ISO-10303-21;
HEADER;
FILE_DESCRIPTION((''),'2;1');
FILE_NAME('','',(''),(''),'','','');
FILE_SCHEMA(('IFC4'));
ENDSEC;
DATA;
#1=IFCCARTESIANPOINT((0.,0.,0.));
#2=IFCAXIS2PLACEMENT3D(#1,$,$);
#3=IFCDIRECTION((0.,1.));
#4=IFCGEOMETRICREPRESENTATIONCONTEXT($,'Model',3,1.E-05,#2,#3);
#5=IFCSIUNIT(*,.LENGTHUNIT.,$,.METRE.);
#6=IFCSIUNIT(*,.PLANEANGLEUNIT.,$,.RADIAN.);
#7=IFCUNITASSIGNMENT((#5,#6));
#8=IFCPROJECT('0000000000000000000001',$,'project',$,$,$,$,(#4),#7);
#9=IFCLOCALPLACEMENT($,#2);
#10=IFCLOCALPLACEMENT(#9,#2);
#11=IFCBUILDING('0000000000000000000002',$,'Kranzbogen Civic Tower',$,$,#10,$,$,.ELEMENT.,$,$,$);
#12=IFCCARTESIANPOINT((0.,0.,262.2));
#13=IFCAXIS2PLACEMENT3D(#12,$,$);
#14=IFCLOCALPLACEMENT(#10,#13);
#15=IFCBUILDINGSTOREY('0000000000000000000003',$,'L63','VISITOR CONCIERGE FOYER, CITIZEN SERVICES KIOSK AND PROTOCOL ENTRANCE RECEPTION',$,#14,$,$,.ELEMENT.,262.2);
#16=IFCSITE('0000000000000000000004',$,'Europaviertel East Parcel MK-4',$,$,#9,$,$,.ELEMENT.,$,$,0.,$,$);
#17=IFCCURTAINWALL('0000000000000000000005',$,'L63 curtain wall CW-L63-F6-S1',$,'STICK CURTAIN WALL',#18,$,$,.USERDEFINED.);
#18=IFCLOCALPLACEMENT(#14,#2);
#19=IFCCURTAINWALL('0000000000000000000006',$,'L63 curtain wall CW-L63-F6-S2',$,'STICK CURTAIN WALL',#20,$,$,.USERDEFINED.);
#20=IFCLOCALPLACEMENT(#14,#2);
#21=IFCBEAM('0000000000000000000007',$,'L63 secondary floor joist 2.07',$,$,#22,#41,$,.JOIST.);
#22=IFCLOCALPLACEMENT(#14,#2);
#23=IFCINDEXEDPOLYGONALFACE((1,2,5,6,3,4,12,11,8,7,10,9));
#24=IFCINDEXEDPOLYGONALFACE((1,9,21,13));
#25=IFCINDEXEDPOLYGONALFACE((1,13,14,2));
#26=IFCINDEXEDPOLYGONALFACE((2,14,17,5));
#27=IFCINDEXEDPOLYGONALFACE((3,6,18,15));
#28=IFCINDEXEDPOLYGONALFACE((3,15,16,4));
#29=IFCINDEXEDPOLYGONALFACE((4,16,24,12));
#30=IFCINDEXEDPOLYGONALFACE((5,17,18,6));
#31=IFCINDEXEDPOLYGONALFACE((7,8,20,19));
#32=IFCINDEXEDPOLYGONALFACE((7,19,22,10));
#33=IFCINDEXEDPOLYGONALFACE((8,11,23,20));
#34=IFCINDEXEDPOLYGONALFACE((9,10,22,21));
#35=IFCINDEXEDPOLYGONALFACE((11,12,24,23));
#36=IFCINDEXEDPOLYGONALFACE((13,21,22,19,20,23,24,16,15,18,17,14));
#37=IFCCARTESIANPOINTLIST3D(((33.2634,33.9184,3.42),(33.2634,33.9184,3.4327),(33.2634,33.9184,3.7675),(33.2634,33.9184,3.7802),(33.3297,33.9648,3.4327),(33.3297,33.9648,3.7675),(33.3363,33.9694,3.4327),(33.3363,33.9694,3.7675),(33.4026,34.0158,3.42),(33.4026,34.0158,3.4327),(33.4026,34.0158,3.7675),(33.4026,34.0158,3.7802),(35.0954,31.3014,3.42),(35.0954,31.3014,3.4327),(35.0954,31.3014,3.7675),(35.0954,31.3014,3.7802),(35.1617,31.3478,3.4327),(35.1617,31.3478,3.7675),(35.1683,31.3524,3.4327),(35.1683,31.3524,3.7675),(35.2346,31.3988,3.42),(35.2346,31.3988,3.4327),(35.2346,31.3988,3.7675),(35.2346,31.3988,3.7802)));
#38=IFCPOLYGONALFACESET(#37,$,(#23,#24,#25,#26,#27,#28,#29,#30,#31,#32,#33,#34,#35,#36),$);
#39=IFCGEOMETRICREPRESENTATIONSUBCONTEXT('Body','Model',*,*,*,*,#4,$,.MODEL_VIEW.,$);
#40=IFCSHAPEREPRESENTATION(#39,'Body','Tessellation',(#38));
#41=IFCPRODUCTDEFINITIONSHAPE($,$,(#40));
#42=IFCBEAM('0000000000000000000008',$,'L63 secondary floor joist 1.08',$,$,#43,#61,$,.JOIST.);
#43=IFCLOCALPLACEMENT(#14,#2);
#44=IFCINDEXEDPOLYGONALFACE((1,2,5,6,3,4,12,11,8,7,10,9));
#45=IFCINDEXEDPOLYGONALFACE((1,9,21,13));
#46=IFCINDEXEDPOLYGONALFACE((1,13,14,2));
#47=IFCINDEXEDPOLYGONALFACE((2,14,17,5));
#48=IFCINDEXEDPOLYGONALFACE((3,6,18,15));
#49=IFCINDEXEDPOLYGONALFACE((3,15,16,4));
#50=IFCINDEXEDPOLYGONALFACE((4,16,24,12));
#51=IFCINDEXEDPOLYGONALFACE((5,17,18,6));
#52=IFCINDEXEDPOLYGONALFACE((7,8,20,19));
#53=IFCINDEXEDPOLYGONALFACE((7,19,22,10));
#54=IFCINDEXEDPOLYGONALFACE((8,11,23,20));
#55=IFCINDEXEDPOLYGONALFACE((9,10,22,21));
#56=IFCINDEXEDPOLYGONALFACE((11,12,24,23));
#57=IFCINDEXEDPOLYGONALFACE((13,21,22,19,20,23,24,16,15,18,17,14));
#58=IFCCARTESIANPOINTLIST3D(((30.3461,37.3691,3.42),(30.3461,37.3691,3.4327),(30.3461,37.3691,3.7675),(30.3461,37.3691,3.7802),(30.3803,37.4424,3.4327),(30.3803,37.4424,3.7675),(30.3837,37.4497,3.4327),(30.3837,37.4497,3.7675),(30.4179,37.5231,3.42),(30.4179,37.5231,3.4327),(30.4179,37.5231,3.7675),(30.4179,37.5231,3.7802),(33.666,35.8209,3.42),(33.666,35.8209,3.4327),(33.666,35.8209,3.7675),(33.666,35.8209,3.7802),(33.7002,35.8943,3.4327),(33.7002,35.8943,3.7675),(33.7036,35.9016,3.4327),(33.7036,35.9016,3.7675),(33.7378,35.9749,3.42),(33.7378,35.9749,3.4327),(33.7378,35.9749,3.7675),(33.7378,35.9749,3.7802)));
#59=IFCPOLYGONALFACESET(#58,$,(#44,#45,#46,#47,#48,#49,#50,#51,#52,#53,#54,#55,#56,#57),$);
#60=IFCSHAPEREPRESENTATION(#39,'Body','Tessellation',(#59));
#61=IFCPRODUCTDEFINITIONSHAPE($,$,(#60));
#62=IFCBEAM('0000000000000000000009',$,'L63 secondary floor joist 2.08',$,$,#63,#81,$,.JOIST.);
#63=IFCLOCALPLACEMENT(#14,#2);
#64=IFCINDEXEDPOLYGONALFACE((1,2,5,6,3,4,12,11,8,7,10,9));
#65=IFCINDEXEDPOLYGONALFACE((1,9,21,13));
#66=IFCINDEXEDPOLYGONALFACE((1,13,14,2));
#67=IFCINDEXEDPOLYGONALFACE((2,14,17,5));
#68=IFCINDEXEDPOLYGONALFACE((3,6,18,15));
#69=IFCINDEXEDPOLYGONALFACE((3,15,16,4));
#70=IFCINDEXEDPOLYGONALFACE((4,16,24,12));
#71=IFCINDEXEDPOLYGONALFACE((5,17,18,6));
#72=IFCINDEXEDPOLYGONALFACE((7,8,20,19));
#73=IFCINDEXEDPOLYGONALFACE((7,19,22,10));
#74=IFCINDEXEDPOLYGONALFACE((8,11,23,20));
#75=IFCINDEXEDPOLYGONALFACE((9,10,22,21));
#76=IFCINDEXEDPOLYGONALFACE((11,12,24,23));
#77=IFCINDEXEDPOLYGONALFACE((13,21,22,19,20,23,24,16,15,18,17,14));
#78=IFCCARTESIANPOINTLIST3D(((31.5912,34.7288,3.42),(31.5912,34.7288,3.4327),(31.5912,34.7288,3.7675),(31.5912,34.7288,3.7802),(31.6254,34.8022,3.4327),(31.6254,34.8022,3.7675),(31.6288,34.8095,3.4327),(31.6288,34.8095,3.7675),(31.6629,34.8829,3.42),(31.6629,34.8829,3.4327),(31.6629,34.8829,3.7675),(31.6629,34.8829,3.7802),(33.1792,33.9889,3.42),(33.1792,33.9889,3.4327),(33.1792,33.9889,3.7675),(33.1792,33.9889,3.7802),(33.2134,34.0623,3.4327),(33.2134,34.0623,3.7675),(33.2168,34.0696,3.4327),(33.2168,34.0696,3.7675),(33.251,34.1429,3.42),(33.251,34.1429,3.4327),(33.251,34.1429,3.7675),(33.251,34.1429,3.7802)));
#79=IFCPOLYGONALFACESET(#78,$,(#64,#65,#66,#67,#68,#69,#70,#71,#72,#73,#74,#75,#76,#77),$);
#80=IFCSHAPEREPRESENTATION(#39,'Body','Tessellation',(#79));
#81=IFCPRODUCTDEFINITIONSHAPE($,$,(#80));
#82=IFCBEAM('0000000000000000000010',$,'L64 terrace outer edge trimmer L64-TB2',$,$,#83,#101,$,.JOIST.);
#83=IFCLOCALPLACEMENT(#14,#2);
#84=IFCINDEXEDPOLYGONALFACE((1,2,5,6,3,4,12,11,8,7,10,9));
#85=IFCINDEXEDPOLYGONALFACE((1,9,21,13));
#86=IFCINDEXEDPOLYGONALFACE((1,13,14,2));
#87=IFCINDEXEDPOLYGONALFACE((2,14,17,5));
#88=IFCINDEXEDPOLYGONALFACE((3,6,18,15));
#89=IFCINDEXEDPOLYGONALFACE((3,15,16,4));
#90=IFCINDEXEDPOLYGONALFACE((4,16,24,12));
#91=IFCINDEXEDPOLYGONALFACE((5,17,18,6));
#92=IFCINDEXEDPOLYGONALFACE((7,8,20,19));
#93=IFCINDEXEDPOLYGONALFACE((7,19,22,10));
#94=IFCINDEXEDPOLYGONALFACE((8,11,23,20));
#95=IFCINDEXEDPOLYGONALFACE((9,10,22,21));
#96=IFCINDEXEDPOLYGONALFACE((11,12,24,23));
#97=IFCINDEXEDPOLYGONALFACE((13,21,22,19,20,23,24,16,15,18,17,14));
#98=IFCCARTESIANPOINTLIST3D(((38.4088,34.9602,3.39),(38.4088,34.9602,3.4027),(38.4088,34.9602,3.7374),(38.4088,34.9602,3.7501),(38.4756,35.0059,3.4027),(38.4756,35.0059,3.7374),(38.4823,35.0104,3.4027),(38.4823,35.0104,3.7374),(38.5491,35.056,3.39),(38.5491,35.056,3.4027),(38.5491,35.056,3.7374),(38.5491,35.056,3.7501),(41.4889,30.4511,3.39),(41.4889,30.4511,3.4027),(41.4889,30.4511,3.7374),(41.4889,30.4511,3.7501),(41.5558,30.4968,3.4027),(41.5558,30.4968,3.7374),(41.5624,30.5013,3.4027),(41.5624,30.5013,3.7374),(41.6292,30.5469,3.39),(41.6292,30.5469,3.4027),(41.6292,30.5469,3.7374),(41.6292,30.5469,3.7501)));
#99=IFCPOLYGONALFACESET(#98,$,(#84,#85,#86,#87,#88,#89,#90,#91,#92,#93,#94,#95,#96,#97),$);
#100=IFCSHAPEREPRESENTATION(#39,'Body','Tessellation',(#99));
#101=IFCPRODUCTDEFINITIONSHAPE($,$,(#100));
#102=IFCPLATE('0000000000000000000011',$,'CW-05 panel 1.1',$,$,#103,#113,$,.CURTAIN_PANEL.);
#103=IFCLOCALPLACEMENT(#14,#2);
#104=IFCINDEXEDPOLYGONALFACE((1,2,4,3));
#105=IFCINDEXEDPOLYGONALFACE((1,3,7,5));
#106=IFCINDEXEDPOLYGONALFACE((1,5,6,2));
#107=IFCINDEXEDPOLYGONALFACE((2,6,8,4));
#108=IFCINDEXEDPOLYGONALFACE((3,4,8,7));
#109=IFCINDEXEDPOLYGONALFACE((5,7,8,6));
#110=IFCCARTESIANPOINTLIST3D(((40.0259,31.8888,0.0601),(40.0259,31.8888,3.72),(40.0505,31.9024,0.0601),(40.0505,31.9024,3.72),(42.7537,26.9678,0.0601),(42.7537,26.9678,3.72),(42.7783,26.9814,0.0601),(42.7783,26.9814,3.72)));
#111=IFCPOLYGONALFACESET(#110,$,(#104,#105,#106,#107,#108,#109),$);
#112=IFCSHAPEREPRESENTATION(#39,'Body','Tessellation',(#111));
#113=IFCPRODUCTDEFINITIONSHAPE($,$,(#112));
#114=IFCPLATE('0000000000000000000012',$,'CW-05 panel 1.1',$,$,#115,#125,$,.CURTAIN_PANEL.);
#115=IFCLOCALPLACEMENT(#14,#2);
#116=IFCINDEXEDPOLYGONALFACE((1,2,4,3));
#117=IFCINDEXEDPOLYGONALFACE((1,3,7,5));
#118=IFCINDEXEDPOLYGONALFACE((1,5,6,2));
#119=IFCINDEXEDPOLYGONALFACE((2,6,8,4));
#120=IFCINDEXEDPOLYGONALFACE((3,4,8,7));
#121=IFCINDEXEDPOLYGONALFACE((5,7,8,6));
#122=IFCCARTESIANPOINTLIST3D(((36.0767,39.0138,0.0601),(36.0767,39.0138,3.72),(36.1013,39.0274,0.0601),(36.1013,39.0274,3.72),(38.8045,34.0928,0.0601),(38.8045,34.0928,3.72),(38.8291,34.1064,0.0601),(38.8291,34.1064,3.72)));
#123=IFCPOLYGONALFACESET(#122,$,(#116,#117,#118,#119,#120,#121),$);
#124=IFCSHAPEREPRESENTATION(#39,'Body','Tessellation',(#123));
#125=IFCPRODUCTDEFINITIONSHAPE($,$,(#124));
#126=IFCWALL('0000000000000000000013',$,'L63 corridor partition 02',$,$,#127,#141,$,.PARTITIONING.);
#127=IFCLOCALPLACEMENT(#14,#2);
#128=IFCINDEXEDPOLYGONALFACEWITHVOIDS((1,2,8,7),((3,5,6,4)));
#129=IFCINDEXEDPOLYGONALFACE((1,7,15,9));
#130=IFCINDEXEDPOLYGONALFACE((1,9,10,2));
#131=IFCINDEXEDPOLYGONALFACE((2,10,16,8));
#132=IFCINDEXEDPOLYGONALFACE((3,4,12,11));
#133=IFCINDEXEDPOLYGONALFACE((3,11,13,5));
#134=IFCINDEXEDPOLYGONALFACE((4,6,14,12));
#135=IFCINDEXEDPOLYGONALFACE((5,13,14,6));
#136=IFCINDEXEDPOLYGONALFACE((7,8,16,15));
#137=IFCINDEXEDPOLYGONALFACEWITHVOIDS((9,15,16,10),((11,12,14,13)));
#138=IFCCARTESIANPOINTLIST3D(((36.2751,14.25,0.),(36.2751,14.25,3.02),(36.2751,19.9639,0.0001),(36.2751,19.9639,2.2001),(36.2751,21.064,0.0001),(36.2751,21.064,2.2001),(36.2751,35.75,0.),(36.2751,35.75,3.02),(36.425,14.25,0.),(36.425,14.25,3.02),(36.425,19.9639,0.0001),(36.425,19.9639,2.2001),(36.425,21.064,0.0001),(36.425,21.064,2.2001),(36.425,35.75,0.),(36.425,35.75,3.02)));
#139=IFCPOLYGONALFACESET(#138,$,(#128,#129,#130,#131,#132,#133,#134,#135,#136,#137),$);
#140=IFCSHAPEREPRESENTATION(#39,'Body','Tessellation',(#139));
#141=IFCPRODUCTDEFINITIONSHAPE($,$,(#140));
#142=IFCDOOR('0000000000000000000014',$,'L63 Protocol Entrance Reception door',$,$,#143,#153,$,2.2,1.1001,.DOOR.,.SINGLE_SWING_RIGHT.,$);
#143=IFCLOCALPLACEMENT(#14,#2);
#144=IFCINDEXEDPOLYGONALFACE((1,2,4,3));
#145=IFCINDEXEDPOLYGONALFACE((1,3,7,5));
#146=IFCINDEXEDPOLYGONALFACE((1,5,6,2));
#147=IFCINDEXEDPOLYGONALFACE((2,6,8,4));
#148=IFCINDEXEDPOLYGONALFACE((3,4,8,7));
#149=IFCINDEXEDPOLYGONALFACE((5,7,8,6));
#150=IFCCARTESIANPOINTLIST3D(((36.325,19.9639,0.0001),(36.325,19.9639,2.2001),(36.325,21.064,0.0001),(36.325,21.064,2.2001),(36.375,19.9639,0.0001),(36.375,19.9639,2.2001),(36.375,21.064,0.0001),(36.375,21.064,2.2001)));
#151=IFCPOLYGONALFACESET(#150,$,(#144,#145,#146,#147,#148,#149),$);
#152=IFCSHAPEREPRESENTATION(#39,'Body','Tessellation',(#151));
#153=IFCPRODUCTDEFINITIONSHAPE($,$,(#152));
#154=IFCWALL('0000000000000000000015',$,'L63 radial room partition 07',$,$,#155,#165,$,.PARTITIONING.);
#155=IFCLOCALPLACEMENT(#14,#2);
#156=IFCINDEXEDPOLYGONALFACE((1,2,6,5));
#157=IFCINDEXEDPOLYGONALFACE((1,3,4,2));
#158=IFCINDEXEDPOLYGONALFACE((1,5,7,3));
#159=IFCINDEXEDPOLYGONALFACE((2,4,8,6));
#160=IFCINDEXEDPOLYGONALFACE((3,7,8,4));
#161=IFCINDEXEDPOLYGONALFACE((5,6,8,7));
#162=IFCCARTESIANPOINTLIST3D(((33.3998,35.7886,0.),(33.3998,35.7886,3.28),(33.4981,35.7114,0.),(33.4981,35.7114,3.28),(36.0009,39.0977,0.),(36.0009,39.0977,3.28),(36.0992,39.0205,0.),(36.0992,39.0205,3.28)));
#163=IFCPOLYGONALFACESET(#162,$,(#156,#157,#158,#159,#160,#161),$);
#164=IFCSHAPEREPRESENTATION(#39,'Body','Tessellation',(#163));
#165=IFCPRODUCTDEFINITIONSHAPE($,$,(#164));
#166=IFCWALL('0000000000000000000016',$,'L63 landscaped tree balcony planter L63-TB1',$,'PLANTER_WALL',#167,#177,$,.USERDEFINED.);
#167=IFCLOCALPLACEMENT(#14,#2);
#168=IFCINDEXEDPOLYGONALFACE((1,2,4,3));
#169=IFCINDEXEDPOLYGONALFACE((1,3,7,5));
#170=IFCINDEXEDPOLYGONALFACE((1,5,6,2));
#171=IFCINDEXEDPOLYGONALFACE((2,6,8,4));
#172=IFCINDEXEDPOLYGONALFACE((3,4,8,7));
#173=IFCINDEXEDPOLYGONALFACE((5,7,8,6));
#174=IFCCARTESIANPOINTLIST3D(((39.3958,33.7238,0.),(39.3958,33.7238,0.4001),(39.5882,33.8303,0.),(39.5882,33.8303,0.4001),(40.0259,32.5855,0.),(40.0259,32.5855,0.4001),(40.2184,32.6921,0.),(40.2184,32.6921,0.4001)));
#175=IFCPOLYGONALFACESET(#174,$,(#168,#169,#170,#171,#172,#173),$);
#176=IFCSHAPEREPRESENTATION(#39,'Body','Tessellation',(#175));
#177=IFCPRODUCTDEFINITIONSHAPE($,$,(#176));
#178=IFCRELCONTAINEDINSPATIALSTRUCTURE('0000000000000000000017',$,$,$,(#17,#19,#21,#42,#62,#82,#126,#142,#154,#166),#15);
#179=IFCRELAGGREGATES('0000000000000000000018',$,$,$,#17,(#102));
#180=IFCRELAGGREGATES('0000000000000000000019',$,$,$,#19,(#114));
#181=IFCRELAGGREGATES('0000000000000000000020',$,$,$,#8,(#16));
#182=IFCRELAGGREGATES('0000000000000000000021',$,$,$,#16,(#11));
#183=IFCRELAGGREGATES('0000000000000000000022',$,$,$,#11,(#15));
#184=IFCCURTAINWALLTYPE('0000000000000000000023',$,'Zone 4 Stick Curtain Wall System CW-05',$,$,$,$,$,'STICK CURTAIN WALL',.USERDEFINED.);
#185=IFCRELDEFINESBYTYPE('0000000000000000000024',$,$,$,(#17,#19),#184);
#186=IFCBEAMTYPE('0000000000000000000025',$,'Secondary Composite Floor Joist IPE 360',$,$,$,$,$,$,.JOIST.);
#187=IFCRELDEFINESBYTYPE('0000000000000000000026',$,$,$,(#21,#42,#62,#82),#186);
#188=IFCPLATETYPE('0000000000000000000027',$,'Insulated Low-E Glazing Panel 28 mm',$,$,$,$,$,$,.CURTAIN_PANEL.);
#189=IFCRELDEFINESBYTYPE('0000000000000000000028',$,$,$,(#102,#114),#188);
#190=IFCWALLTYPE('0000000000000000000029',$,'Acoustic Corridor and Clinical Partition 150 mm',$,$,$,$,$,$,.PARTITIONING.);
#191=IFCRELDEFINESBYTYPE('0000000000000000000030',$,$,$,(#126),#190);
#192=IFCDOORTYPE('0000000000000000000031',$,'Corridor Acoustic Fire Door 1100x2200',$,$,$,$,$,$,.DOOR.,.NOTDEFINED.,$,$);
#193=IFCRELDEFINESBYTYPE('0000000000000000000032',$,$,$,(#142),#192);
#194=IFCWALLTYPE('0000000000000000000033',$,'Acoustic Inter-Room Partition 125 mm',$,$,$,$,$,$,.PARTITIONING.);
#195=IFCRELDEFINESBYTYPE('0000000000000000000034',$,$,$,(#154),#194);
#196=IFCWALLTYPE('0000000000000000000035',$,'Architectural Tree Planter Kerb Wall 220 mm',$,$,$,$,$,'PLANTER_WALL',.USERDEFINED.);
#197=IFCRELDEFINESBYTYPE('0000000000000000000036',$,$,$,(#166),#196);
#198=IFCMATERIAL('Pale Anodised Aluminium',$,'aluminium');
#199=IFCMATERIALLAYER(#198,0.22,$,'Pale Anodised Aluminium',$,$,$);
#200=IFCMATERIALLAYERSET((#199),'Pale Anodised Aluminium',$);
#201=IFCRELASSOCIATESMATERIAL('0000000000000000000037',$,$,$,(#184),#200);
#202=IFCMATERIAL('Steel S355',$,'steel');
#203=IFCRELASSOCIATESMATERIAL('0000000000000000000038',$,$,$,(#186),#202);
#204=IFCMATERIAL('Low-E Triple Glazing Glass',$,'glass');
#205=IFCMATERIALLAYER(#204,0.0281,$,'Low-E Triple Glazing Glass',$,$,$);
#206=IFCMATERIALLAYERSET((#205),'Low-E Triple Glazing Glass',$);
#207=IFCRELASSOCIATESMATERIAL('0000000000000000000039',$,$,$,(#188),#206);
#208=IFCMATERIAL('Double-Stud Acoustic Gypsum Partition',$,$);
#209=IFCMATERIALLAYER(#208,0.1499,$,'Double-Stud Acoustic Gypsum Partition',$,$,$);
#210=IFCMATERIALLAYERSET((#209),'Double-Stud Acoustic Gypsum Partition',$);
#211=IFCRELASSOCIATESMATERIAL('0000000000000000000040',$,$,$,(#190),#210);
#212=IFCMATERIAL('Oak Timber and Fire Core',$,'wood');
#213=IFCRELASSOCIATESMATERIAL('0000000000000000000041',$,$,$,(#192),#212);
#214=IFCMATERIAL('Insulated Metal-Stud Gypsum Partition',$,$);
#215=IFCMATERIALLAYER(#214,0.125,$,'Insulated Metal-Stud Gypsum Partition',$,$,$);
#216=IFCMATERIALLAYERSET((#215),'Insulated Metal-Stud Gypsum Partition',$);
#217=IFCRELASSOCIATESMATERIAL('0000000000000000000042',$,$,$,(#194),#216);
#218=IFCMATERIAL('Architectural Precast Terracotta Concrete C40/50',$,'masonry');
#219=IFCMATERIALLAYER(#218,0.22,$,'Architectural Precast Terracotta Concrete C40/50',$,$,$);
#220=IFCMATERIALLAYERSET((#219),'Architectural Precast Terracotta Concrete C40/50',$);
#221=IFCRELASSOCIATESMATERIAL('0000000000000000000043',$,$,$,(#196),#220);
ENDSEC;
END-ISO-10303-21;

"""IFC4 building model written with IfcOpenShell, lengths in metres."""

from ifc_helpers import new_model, si_unit, direction, frame, frame_2d, origin, origin_2d, place, context, subcontext, project, spatial, rectangle, i_section, extrude, material, layer, layer_set, material_profile, profile_set, type_object, element, fill, aggregate, save


model = new_model("IFC4")

# Units and contexts
model_context = context("Model", 3, precision=1e-05, world=origin(), true_north=direction((0.0, 1.0)))
body_context = subcontext(model_context, "Body", "Model", "MODEL_VIEW")
ifc_project = project(units=[si_unit("LENGTHUNIT", "METRE"), si_unit("PLANEANGLEUNIT", "RADIAN")], contexts=[model_context])

# Site, building, storey
site_placement = place(None, origin())
site = spatial("IfcSite", under=ifc_project, at=site_placement, Name="Europaviertel East Parcel MK-4", CompositionType="ELEMENT", RefElevation=0.0)
building_placement = place(site_placement, origin())
building = spatial("IfcBuilding", under=site, at=building_placement, Name="Kranzbogen Civic Tower", CompositionType="ELEMENT")
storey_placement = place(building_placement, frame((0.0, 0.0, 262.2)))
storey = spatial("IfcBuildingStorey", under=building, at=storey_placement, Name="L63", Description="VISITOR CONCIERGE FOYER, CITIZEN SERVICES KIOSK AND PROTOCOL ENTRANCE RECEPTION", CompositionType="ELEMENT", Elevation=262.2)

# Shared definitions
ifc_material_1 = material(Name="Steel S355", Category="steel")

# Curtain walls
ifc_material_2 = material(Name="Pale Anodised Aluminium", Category="aluminium")
ifc_layer_1 = layer(ifc_material_2, 0.22, Name="Pale Anodised Aluminium")
ifc_layer_set_1 = layer_set([ifc_layer_1], Name="Pale Anodised Aluminium")
curtain_wall_type = type_object("IfcCurtainWallType", Name="Zone 4 Stick Curtain Wall System CW-05", ElementType="STICK CURTAIN WALL", PredefinedType="USERDEFINED", material=ifc_layer_set_1)
curtain_wall_1_placement = place(storey_placement, origin())
curtain_wall_1 = element("IfcCurtainWall", 1, at=curtain_wall_1_placement, inside=storey, type_object=curtain_wall_type, Name="L63 curtain wall CW-L63-F6-S1", ObjectType="STICK CURTAIN WALL", PredefinedType="USERDEFINED")
curtain_wall_2_placement = place(storey_placement, origin())
curtain_wall_2 = element("IfcCurtainWall", 2, at=curtain_wall_2_placement, inside=storey, type_object=curtain_wall_type, Name="L63 curtain wall CW-L63-F6-S2", ObjectType="STICK CURTAIN WALL", PredefinedType="USERDEFINED")

# Beams
ifc_material_profile_1 = material_profile(ifc_material_1, i_section(OverallWidth=0.1699, OverallDepth=0.3601, WebThickness=0.0081, FlangeThickness=0.0127, at=origin_2d()), Name="IPE 360")
ifc_profile_set_1 = profile_set([ifc_material_profile_1], Name="Steel S355")
beam_type_1 = type_object("IfcBeamType", Name="Secondary Composite Floor Joist IPE 360", PredefinedType="JOIST", material=ifc_profile_set_1)
beam_1_placement = place(storey_placement, frame((35.165, 31.3501, 3.6001), z_axis=(-0.573498, 0.819207, 0.0), x_axis=(-0.819207, -0.573498, 0.0)))
element("IfcBeam", 3, at=beam_1_placement, inside=storey, type_object=beam_type_1, Name="L63 secondary floor joist 2.07", PredefinedType="JOIST", context=body_context, shape_type="SweptSolid", body=[
    extrude(i_section(OverallWidth=0.1699, OverallDepth=0.3601, WebThickness=0.0081, FlangeThickness=0.0127, at=origin_2d()), origin(), (0.0, 0.0, 1.0), 3.1946),
])
beam_2_placement = place(storey_placement, frame((33.7019, 35.8979, 3.6001), z_axis=(-0.906304, 0.422626, 0.0), x_axis=(-0.422626, -0.906304, 0.0)))
element("IfcBeam", 4, at=beam_2_placement, inside=storey, type_object=beam_type_1, Name="L63 secondary floor joist 1.08", PredefinedType="JOIST", context=body_context, shape_type="SweptSolid", body=[
    extrude(i_section(OverallWidth=0.1699, OverallDepth=0.3601, WebThickness=0.0081, FlangeThickness=0.0127, at=origin_2d()), origin(), (0.0, 0.0, 1.0), 3.6631),
])
beam_3_placement = place(storey_placement, frame((33.2151, 34.0659, 3.6001), z_axis=(-0.906432, 0.422351, 0.0), x_axis=(-0.422351, -0.906432, 0.0)))
element("IfcBeam", 5, at=beam_3_placement, inside=storey, type_object=beam_type_1, Name="L63 secondary floor joist 2.08", PredefinedType="JOIST", context=body_context, shape_type="SweptSolid", body=[
    extrude(i_section(OverallWidth=0.1699, OverallDepth=0.3601, WebThickness=0.0081, FlangeThickness=0.0127, at=origin_2d()), origin(), (0.0, 0.0, 1.0), 1.752),
])
beam_4_placement = place(storey_placement, frame((41.5591, 30.499, 3.5701), z_axis=(-0.564054, 0.825738, 0.0), x_axis=(-0.825738, -0.564054, 0.0)))
element("IfcBeam", 6, at=beam_4_placement, inside=storey, type_object=beam_type_1, Name="L64 terrace outer edge trimmer L64-TB2", PredefinedType="JOIST", context=body_context, shape_type="SweptSolid", body=[
    extrude(i_section(OverallWidth=0.1699, OverallDepth=0.3601, WebThickness=0.0081, FlangeThickness=0.0127, at=origin_2d()), origin(), (0.0, 0.0, 1.0), 5.4607),
])

# Plates
ifc_material_3 = material(Name="Low-E Triple Glazing Glass", Category="glass")
ifc_layer_2 = layer(ifc_material_3, 0.0281, Name="Low-E Triple Glazing Glass")
ifc_layer_set_2 = layer_set([ifc_layer_2], Name="Low-E Triple Glazing Glass")
plate_type = type_object("IfcPlateType", Name="Insulated Low-E Glazing Panel 28 mm", PredefinedType="CURTAIN_PANEL", material=ifc_layer_set_2)
plate_1_placement = place(storey_placement, frame((41.4021, 29.4351, 0.0601), z_axis=(0.0, 0.0, 1.0), x_axis=(-0.484815, 0.874617, 0.0)))
plate_1 = element("IfcPlate", 7, at=plate_1_placement, type_object=plate_type, Name="CW-05 panel 1.1", PredefinedType="CURTAIN_PANEL", context=body_context, shape_type="SweptSolid", body=[
    extrude(rectangle(XDim=5.6265, YDim=0.0281, at=origin_2d()), origin(), (0.0, 0.0, 1.0), 3.6599),
])
aggregate(curtain_wall_1, [plate_1])
plate_2_placement = place(storey_placement, frame((37.4529, 36.5601, 0.0601), z_axis=(0.0, 0.0, 1.0), x_axis=(-0.484815, 0.874617, 0.0)))
plate_2 = element("IfcPlate", 8, at=plate_2_placement, type_object=plate_type, Name="CW-05 panel 1.1", PredefinedType="CURTAIN_PANEL", context=body_context, shape_type="SweptSolid", body=[
    extrude(rectangle(XDim=5.6265, YDim=0.0281, at=origin_2d()), origin(), (0.0, 0.0, 1.0), 3.6599),
])
aggregate(curtain_wall_2, [plate_2])

# Wall, opening, door
ifc_material_4 = material(Name="Double-Stud Acoustic Gypsum Partition")
ifc_layer_3 = layer(ifc_material_4, 0.1499, Name="Double-Stud Acoustic Gypsum Partition")
ifc_layer_set_3 = layer_set([ifc_layer_3], Name="Double-Stud Acoustic Gypsum Partition")
wall_type_1 = type_object("IfcWallType", Name="Acoustic Corridor and Clinical Partition 150 mm", PredefinedType="PARTITIONING", material=ifc_layer_set_3)
wall_1_placement = place(storey_placement, frame((36.3501, 35.75, 0.0), z_axis=(0.0, 0.0, 1.0), x_axis=(0.0, -1.0, 0.0)))
wall_1 = element("IfcWall", 9, at=wall_1_placement, inside=storey, type_object=wall_type_1, Name="L63 corridor partition 02", PredefinedType="PARTITIONING", context=body_context, shape_type="SweptSolid", body=[
    extrude(rectangle(XDim=21.5, YDim=0.1499, at=frame_2d((10.75, 0.0))), origin(), (0.0, 0.0, 1.0), 3.02),
])
opening_1_placement = place(wall_1_placement, frame((14.686, 0.0, 0.0)))
opening_1 = element("IfcOpeningElement", 10, at=opening_1_placement, cuts=wall_1, PredefinedType="OPENING", context=body_context, shape_type="SweptSolid", body=[
    extrude(rectangle(XDim=1.1001, YDim=2.2, at=frame_2d((0.55, 1.1001))), frame((0.0, 0.085, 0.0), z_axis=(0.0, -1.0, 0.0), x_axis=(1.0, 0.0, 0.0)), (0.0, 0.0, 1.0), 0.1699),
])
ifc_material_5 = material(Name="Oak Timber and Fire Core", Category="wood")
door_type_1 = type_object("IfcDoorType", Name="Corridor Acoustic Fire Door 1100x2200", OperationType="NOTDEFINED", PredefinedType="DOOR", material=ifc_material_5)
door_1_placement = place(opening_1_placement, origin())
door_1 = element("IfcDoor", 11, at=door_1_placement, inside=storey, type_object=door_type_1, Name="L63 Protocol Entrance Reception door", OperationType="SINGLE_SWING_RIGHT", OverallHeight=2.2, OverallWidth=1.1001, PredefinedType="DOOR", context=body_context, shape_type="SweptSolid", body=[
    extrude(rectangle(XDim=1.1001, YDim=2.2, at=frame_2d((0.55, 1.1001))), frame((0.0, 0.0249, 0.0), z_axis=(0.0, -1.0, 0.0), x_axis=(1.0, 0.0, 0.0)), (0.0, 0.0, 1.0), 0.05),
])
fill(opening_1, door_1)

# Walls
ifc_material_6 = material(Name="Insulated Metal-Stud Gypsum Partition")
ifc_layer_4 = layer(ifc_material_6, 0.125, Name="Insulated Metal-Stud Gypsum Partition")
ifc_layer_set_4 = layer_set([ifc_layer_4], Name="Insulated Metal-Stud Gypsum Partition")
wall_type_2 = type_object("IfcWallType", Name="Acoustic Inter-Room Partition 125 mm", PredefinedType="PARTITIONING", material=ifc_layer_set_4)
wall_2_placement = place(storey_placement, frame((33.449, 35.75, 0.0), z_axis=(0.0, 0.0, 1.0), x_axis=(0.61798, 0.786194, 0.0)))
element("IfcWall", 12, at=wall_2_placement, inside=storey, type_object=wall_type_2, Name="L63 radial room partition 07", PredefinedType="PARTITIONING", context=body_context, shape_type="SweptSolid", body=[
    extrude(rectangle(XDim=4.209, YDim=0.125, at=frame_2d((2.1045, 0.0))), origin(), (0.0, 0.0, 1.0), 3.28),
])
ifc_material_7 = material(Name="Architectural Precast Terracotta Concrete C40/50", Category="masonry")
ifc_layer_5 = layer(ifc_material_7, 0.22, Name="Architectural Precast Terracotta Concrete C40/50")
ifc_layer_set_5 = layer_set([ifc_layer_5], Name="Architectural Precast Terracotta Concrete C40/50")
wall_type_3 = type_object("IfcWallType", Name="Architectural Tree Planter Kerb Wall 220 mm", ElementType="PLANTER_WALL", PredefinedType="USERDEFINED", material=ifc_layer_set_5)
wall_3_placement = place(storey_placement, frame((40.1221, 32.6389, 0.0), z_axis=(0.0, 0.0, 1.0), x_axis=(-0.484352, 0.874873, 0.0)))
element("IfcWall", 13, at=wall_3_placement, inside=storey, type_object=wall_type_3, Name="L63 landscaped tree balcony planter L63-TB1", ObjectType="PLANTER_WALL", PredefinedType="USERDEFINED", context=body_context, shape_type="SweptSolid", body=[
    extrude(rectangle(XDim=1.301, YDim=0.22, at=frame_2d((0.6504, 0.0))), origin(), (0.0, 0.0, 1.0), 0.4001),
])

save(model, "model.ifc")
